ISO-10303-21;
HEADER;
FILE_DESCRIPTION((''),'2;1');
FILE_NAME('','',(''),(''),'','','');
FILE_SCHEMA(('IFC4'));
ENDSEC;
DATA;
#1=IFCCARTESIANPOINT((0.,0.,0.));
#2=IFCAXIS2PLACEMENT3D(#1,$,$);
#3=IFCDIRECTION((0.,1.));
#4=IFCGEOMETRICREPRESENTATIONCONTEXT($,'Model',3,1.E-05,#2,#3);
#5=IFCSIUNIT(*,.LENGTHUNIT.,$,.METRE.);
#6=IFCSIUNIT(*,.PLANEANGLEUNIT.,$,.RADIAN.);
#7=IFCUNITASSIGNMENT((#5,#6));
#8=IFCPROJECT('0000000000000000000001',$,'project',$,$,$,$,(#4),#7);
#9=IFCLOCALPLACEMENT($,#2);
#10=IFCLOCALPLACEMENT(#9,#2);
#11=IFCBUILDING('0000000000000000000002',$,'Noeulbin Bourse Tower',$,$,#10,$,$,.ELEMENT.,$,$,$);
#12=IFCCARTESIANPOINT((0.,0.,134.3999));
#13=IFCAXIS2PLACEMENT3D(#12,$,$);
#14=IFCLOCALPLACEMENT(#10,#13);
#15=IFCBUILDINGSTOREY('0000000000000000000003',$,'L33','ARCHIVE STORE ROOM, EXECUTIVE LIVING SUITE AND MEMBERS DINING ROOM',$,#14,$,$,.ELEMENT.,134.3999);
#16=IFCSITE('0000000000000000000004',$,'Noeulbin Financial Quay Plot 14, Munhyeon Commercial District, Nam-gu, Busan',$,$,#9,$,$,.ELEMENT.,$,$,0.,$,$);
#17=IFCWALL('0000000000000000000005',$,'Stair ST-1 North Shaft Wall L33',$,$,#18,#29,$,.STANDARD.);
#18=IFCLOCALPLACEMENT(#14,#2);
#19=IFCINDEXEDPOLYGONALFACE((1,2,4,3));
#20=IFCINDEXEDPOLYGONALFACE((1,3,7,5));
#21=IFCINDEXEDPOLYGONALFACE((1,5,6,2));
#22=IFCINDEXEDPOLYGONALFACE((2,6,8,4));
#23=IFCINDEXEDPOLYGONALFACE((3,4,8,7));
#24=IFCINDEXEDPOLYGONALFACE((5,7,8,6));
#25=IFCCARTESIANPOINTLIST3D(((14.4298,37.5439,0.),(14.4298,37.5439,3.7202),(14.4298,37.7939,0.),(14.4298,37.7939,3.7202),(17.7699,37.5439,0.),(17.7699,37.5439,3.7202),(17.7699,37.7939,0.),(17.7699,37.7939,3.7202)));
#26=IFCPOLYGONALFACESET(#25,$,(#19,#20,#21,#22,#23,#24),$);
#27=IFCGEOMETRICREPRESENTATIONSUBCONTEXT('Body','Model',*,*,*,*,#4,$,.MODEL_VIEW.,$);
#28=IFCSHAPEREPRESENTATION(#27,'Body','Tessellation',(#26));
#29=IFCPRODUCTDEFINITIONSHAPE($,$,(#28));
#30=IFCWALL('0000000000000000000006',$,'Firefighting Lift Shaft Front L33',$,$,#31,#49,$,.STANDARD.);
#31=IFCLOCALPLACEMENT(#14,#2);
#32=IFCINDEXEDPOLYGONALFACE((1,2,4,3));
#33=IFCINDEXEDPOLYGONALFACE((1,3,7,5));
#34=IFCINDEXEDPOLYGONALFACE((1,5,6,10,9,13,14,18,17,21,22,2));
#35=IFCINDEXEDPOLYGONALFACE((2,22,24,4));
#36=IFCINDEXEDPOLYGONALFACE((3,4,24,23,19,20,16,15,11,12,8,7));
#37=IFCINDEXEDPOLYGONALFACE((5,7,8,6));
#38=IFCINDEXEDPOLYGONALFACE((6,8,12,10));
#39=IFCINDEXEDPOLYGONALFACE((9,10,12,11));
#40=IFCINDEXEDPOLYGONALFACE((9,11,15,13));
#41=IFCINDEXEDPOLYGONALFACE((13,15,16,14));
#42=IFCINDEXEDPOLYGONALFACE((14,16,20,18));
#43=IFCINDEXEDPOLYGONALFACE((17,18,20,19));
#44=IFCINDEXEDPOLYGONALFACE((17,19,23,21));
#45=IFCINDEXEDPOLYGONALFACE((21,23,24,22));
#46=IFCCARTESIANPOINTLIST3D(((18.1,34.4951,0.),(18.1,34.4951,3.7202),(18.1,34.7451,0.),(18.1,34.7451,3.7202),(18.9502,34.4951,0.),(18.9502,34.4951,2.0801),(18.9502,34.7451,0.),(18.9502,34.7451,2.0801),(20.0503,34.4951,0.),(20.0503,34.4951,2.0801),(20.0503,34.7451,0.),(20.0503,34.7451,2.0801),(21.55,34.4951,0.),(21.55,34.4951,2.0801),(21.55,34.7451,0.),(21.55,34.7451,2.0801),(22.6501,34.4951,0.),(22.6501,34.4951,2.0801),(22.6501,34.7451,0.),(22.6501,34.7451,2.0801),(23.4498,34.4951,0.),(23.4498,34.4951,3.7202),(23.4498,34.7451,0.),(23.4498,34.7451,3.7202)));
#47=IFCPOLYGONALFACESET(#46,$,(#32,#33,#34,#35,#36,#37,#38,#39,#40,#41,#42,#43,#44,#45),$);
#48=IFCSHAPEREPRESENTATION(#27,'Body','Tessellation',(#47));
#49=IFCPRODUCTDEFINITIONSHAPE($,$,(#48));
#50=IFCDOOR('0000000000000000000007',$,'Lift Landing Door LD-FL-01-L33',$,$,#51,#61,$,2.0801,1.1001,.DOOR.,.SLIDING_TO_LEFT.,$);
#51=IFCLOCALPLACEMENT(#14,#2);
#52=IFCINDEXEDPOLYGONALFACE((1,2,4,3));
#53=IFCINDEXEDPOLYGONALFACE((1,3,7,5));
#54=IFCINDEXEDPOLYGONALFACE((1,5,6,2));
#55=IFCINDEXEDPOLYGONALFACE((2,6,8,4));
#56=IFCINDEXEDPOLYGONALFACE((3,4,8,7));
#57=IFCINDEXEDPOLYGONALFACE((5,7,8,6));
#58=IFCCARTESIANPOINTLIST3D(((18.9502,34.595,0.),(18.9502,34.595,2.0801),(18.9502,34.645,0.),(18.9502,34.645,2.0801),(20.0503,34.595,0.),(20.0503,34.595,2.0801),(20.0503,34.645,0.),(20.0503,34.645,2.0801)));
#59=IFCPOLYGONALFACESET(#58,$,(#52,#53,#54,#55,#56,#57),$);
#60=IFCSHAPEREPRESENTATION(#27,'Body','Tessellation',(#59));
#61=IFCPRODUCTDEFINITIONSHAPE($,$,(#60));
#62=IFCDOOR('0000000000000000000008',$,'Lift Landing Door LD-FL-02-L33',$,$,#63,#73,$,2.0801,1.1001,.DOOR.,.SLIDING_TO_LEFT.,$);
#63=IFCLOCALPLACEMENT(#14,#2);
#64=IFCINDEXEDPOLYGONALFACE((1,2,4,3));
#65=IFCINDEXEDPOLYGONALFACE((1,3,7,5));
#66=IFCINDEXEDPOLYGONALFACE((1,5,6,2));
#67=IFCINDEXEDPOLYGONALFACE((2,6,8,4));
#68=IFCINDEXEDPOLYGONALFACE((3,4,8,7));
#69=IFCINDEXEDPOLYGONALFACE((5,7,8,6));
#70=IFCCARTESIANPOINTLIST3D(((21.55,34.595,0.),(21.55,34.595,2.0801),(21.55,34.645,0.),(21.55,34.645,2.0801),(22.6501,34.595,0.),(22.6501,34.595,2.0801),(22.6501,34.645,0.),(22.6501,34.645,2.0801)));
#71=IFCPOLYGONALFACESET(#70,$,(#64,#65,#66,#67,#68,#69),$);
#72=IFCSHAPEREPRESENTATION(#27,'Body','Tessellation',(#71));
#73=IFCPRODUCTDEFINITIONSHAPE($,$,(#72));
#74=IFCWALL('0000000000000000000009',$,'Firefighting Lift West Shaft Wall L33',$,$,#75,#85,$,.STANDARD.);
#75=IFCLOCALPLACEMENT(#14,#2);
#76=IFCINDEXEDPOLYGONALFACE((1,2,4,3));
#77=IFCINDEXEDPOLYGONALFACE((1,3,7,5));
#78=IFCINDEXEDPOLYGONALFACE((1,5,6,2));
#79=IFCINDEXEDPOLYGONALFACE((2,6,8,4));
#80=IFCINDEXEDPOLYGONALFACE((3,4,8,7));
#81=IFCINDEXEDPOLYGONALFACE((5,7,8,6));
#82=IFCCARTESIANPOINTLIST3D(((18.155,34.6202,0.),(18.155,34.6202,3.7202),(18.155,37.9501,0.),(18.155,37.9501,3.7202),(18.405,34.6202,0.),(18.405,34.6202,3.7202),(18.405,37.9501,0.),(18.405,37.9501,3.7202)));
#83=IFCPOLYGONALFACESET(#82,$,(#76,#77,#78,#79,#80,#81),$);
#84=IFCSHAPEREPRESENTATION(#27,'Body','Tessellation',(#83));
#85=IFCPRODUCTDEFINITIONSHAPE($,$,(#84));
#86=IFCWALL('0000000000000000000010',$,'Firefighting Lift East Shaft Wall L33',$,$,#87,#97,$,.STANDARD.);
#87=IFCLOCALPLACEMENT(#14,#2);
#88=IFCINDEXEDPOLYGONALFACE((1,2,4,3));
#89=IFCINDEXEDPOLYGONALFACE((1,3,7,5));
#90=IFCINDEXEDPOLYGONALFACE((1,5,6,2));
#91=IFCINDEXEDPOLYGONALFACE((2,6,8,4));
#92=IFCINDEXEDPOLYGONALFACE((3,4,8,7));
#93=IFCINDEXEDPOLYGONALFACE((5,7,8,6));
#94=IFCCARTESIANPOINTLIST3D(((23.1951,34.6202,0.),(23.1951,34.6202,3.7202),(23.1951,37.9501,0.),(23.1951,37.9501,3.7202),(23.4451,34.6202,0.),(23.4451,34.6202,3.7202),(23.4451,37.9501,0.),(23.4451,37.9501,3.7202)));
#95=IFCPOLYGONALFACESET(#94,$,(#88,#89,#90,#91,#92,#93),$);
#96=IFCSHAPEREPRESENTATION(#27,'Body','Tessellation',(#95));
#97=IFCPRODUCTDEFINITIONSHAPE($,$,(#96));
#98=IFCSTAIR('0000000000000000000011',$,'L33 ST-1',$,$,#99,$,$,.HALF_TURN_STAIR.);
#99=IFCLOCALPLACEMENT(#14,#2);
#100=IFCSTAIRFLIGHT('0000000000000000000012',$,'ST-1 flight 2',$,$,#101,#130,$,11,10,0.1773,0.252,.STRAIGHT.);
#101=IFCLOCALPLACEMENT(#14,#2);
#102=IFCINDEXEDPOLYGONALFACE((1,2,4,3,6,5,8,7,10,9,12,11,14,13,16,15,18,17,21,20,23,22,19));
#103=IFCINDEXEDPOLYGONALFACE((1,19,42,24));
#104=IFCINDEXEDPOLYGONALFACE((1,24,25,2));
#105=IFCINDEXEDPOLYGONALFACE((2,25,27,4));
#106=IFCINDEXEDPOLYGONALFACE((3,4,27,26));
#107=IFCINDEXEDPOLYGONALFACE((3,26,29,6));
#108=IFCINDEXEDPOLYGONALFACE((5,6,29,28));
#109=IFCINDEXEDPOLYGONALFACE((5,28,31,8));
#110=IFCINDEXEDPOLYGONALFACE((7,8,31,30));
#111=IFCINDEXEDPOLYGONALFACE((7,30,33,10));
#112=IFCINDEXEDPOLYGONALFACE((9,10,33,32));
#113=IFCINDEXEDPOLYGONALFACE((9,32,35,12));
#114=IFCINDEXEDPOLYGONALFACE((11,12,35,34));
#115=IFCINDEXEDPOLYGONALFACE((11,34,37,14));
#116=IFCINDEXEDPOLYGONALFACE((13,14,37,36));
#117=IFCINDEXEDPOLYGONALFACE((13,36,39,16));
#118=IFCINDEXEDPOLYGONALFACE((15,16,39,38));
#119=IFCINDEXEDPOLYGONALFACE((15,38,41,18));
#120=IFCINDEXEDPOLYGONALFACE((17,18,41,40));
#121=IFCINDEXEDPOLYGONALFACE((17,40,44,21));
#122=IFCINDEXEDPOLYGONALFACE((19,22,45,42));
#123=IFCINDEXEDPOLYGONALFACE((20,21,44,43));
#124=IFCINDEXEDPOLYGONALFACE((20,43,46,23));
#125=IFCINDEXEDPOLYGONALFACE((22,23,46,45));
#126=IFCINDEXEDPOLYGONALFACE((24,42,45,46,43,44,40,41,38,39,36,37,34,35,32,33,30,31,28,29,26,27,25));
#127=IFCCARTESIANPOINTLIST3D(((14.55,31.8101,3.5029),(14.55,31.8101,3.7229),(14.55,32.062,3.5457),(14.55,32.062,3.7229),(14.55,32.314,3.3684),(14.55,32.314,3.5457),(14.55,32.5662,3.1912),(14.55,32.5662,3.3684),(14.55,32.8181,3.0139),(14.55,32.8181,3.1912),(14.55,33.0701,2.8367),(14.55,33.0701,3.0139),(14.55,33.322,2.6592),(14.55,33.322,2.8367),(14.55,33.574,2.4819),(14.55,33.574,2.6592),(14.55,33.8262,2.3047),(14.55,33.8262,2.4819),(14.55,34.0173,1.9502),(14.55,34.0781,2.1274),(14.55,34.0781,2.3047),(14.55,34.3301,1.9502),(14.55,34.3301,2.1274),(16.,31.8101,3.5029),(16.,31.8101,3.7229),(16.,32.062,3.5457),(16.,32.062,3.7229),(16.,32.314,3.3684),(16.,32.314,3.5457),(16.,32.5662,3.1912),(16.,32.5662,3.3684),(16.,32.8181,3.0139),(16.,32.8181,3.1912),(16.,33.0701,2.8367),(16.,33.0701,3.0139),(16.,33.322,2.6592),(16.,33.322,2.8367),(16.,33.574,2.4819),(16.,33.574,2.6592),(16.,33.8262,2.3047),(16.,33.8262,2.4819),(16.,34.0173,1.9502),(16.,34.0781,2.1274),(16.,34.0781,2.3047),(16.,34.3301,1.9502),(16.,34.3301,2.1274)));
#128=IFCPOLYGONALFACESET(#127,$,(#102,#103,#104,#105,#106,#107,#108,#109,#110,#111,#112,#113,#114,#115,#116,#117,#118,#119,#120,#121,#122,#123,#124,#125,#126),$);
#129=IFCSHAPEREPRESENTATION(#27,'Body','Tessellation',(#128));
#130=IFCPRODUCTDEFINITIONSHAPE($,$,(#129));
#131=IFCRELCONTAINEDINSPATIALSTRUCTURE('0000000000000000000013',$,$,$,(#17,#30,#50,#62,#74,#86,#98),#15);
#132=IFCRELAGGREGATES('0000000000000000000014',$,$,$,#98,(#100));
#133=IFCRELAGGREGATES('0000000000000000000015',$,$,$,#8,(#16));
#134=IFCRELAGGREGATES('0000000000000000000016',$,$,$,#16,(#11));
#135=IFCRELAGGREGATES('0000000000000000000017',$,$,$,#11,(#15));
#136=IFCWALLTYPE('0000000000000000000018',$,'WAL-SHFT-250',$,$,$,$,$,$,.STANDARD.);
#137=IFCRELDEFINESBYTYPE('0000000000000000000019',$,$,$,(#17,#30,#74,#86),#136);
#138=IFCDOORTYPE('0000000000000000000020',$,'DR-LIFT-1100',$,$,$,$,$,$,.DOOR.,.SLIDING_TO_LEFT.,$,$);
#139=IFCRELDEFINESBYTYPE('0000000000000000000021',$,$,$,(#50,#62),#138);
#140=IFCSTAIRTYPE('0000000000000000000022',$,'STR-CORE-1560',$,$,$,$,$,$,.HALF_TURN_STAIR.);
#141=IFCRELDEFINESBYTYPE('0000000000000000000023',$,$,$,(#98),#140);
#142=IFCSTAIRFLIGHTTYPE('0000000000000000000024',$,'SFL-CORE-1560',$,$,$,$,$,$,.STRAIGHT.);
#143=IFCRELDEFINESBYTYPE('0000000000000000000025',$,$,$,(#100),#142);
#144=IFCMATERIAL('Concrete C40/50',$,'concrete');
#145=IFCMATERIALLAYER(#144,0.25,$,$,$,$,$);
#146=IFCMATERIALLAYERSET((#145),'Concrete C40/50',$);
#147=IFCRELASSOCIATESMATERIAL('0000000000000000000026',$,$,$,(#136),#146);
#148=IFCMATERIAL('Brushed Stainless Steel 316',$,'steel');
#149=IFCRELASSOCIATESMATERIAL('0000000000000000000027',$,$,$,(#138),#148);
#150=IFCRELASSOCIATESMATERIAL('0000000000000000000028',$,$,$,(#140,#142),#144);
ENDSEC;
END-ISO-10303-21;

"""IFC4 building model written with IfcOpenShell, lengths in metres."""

from ifc_helpers import new_model, si_unit, direction, frame, frame_2d, origin, place, context, subcontext, project, spatial, polyline, rectangle, outline, extrude, material, layer, layer_set, type_object, element, fill, aggregate, save


model = new_model("IFC4")

# Units and contexts
model_context = context("Model", 3, precision=1e-05, world=origin(), true_north=direction((0.0, 1.0)))
body_context = subcontext(model_context, "Body", "Model", "MODEL_VIEW")
ifc_project = project(units=[si_unit("LENGTHUNIT", "METRE"), si_unit("PLANEANGLEUNIT", "RADIAN")], contexts=[model_context])

# Site, building, storey
site_placement = place(None, origin())
site = spatial("IfcSite", under=ifc_project, at=site_placement, Name="Noeulbin Financial Quay Plot 14, Munhyeon Commercial District, Nam-gu, Busan", CompositionType="ELEMENT", RefElevation=0.0)
building_placement = place(site_placement, origin())
building = spatial("IfcBuilding", under=site, at=building_placement, Name="Noeulbin Bourse Tower", CompositionType="ELEMENT")
storey_placement = place(building_placement, frame((0.0, 0.0, 134.3999)))
storey = spatial("IfcBuildingStorey", under=building, at=storey_placement, Name="L33", Description="ARCHIVE STORE ROOM, EXECUTIVE LIVING SUITE AND MEMBERS DINING ROOM", CompositionType="ELEMENT", Elevation=134.3999)

# Wall
ifc_material_1 = material(Name="Concrete C40/50", Category="concrete")
ifc_layer_1 = layer(ifc_material_1, 0.25)
ifc_layer_set_1 = layer_set([ifc_layer_1], Name="Concrete C40/50")
wall_type_1 = type_object("IfcWallType", Name="WAL-SHFT-250", PredefinedType="STANDARD", material=ifc_layer_set_1)
wall_1_placement = place(storey_placement, frame((14.4299, 37.6689, 0.0), z_axis=(0.0, 0.0, 1.0), x_axis=(1.0, 0.0, 0.0)))
element("IfcWall", 1, at=wall_1_placement, inside=storey, type_object=wall_type_1, Name="Stair ST-1 North Shaft Wall L33", PredefinedType="STANDARD", context=body_context, shape_type="SweptSolid", body=[
    extrude(rectangle(XDim=3.3401, YDim=0.25, at=frame_2d((1.6699, 0.0))), origin(), (0.0, 0.0, 1.0), 3.7202),
])

# Wall, openings, doors
wall_2_placement = place(storey_placement, frame((18.1001, 34.6201, 0.0), z_axis=(0.0, 0.0, 1.0), x_axis=(1.0, 0.0, 0.0)))
wall_2 = element("IfcWall", 2, at=wall_2_placement, inside=storey, type_object=wall_type_1, Name="Firefighting Lift Shaft Front L33", PredefinedType="STANDARD", context=body_context, shape_type="SweptSolid", body=[
    extrude(rectangle(XDim=5.3499, YDim=0.25, at=frame_2d((2.6748, 0.0))), origin(), (0.0, 0.0, 1.0), 3.7202),
])
opening_1_placement = place(wall_2_placement, frame((0.8501, 0.0, 0.0)))
opening_1 = element("IfcOpeningElement", 3, at=opening_1_placement, cuts=wall_2, PredefinedType="OPENING", context=body_context, shape_type="SweptSolid", body=[
    extrude(rectangle(XDim=1.1001, YDim=2.0801, at=frame_2d((0.55, 1.04))), frame((0.0, 0.135, 0.0), z_axis=(0.0, -1.0, 0.0), x_axis=(1.0, 0.0, 0.0)), (0.0, 0.0, 1.0), 0.27),
])
opening_2_placement = place(wall_2_placement, frame((3.45, 0.0, 0.0)))
opening_2 = element("IfcOpeningElement", 4, at=opening_2_placement, cuts=wall_2, PredefinedType="OPENING", context=body_context, shape_type="SweptSolid", body=[
    extrude(rectangle(XDim=1.1001, YDim=2.0801, at=frame_2d((0.55, 1.04))), frame((0.0, 0.135, 0.0), z_axis=(0.0, -1.0, 0.0), x_axis=(1.0, 0.0, 0.0)), (0.0, 0.0, 1.0), 0.27),
])
ifc_material_2 = material(Name="Brushed Stainless Steel 316", Category="steel")
door_type_1 = type_object("IfcDoorType", Name="DR-LIFT-1100", OperationType="SLIDING_TO_LEFT", PredefinedType="DOOR", material=ifc_material_2)
door_1_placement = place(opening_1_placement, origin())
door_1 = element("IfcDoor", 5, at=door_1_placement, inside=storey, type_object=door_type_1, Name="Lift Landing Door LD-FL-01-L33", OperationType="SLIDING_TO_LEFT", OverallHeight=2.0801, OverallWidth=1.1001, PredefinedType="DOOR", context=body_context, shape_type="SweptSolid", body=[
    extrude(rectangle(XDim=1.1001, YDim=2.0801, at=frame_2d((0.55, 1.04))), frame((0.0, 0.0249, 0.0), z_axis=(0.0, -1.0, 0.0), x_axis=(1.0, 0.0, 0.0)), (0.0, 0.0, 1.0), 0.05),
])
fill(opening_1, door_1)
door_2_placement = place(opening_2_placement, origin())
door_2 = element("IfcDoor", 6, at=door_2_placement, inside=storey, type_object=door_type_1, Name="Lift Landing Door LD-FL-02-L33", OperationType="SLIDING_TO_LEFT", OverallHeight=2.0801, OverallWidth=1.1001, PredefinedType="DOOR", context=body_context, shape_type="SweptSolid", body=[
    extrude(rectangle(XDim=1.1001, YDim=2.0801, at=frame_2d((0.55, 1.04))), frame((0.0, 0.0249, 0.0), z_axis=(0.0, -1.0, 0.0), x_axis=(1.0, 0.0, 0.0)), (0.0, 0.0, 1.0), 0.05),
])
fill(opening_2, door_2)

# Walls
for number, where, z_axis, x_axis, name in (
    (7, (18.28, 34.6201, 0.0), (0.0, 0.0, 1.0), (0.0, 1.0, 0.0), "Firefighting Lift West Shaft Wall L33"),
    (8, (23.3201, 34.6201, 0.0), (0.0, 0.0, 1.0), (0.0, 1.0, 0.0), "Firefighting Lift East Shaft Wall L33"),
):
    element("IfcWall", number, at=place(storey_placement, frame(where, z_axis=z_axis, x_axis=x_axis)), inside=storey, type_object=wall_type_1, Name=name, PredefinedType="STANDARD", context=body_context, shape_type="SweptSolid", body=[
        extrude(rectangle(XDim=3.3298, YDim=0.25, at=frame_2d((1.665, 0.0))), origin(), (0.0, 0.0, 1.0), 3.7202),
    ])

# Stair, stair flight
stair_type = type_object("IfcStairType", Name="STR-CORE-1560", PredefinedType="HALF_TURN_STAIR", material=ifc_material_1)
stair_placement = place(storey_placement, origin())
stair = element("IfcStair", 9, at=stair_placement, inside=storey, type_object=stair_type, Name="L33 ST-1", PredefinedType="HALF_TURN_STAIR")
stair_flight_type = type_object("IfcStairFlightType", Name="SFL-CORE-1560", PredefinedType="STRAIGHT", material=ifc_material_1)
stair_flight_placement = place(storey_placement, frame((15.2749, 34.3301, 1.9502), z_axis=(0.0, 0.0, 1.0), x_axis=(0.0, -1.0, 0.0)))
stair_flight = element("IfcStairFlight", 10, at=stair_flight_placement, type_object=stair_flight_type, Name="ST-1 flight 2", NumberOfRisers=11, NumberOfTreads=10, PredefinedType="STRAIGHT", RiserHeight=0.1773, TreadLength=0.252, context=body_context, shape_type="SweptSolid", body=[
    extrude(outline(polyline([(0.0, 0.0), (0.0, 0.1772), (0.252, 0.1772), (0.252, 0.3545), (0.5039, 0.3545), (0.5039, 0.5317), (0.7561, 0.5317), (0.7561, 0.709), (1.0081, 0.709), (1.0081, 0.8865), (1.26, 0.8865), (1.26, 1.0637), (1.512, 1.0637), (1.512, 1.241), (1.7639, 1.241), (1.7639, 1.4182), (2.0161, 1.4182), (2.0161, 1.5955), (2.2681, 1.5955), (2.2681, 1.7727), (2.52, 1.7727), (2.52, 1.95), (2.52, 1.5527), (0.3127, 0.0), (0.0, 0.0)])), frame((0.0, 0.7251, 0.0), z_axis=(0.0, -1.0, 0.0), x_axis=(1.0, 0.0, 0.0)), (0.0, 0.0, 1.0), 1.45),
])
aggregate(stair, [stair_flight])

save(model, "model.ifc")
